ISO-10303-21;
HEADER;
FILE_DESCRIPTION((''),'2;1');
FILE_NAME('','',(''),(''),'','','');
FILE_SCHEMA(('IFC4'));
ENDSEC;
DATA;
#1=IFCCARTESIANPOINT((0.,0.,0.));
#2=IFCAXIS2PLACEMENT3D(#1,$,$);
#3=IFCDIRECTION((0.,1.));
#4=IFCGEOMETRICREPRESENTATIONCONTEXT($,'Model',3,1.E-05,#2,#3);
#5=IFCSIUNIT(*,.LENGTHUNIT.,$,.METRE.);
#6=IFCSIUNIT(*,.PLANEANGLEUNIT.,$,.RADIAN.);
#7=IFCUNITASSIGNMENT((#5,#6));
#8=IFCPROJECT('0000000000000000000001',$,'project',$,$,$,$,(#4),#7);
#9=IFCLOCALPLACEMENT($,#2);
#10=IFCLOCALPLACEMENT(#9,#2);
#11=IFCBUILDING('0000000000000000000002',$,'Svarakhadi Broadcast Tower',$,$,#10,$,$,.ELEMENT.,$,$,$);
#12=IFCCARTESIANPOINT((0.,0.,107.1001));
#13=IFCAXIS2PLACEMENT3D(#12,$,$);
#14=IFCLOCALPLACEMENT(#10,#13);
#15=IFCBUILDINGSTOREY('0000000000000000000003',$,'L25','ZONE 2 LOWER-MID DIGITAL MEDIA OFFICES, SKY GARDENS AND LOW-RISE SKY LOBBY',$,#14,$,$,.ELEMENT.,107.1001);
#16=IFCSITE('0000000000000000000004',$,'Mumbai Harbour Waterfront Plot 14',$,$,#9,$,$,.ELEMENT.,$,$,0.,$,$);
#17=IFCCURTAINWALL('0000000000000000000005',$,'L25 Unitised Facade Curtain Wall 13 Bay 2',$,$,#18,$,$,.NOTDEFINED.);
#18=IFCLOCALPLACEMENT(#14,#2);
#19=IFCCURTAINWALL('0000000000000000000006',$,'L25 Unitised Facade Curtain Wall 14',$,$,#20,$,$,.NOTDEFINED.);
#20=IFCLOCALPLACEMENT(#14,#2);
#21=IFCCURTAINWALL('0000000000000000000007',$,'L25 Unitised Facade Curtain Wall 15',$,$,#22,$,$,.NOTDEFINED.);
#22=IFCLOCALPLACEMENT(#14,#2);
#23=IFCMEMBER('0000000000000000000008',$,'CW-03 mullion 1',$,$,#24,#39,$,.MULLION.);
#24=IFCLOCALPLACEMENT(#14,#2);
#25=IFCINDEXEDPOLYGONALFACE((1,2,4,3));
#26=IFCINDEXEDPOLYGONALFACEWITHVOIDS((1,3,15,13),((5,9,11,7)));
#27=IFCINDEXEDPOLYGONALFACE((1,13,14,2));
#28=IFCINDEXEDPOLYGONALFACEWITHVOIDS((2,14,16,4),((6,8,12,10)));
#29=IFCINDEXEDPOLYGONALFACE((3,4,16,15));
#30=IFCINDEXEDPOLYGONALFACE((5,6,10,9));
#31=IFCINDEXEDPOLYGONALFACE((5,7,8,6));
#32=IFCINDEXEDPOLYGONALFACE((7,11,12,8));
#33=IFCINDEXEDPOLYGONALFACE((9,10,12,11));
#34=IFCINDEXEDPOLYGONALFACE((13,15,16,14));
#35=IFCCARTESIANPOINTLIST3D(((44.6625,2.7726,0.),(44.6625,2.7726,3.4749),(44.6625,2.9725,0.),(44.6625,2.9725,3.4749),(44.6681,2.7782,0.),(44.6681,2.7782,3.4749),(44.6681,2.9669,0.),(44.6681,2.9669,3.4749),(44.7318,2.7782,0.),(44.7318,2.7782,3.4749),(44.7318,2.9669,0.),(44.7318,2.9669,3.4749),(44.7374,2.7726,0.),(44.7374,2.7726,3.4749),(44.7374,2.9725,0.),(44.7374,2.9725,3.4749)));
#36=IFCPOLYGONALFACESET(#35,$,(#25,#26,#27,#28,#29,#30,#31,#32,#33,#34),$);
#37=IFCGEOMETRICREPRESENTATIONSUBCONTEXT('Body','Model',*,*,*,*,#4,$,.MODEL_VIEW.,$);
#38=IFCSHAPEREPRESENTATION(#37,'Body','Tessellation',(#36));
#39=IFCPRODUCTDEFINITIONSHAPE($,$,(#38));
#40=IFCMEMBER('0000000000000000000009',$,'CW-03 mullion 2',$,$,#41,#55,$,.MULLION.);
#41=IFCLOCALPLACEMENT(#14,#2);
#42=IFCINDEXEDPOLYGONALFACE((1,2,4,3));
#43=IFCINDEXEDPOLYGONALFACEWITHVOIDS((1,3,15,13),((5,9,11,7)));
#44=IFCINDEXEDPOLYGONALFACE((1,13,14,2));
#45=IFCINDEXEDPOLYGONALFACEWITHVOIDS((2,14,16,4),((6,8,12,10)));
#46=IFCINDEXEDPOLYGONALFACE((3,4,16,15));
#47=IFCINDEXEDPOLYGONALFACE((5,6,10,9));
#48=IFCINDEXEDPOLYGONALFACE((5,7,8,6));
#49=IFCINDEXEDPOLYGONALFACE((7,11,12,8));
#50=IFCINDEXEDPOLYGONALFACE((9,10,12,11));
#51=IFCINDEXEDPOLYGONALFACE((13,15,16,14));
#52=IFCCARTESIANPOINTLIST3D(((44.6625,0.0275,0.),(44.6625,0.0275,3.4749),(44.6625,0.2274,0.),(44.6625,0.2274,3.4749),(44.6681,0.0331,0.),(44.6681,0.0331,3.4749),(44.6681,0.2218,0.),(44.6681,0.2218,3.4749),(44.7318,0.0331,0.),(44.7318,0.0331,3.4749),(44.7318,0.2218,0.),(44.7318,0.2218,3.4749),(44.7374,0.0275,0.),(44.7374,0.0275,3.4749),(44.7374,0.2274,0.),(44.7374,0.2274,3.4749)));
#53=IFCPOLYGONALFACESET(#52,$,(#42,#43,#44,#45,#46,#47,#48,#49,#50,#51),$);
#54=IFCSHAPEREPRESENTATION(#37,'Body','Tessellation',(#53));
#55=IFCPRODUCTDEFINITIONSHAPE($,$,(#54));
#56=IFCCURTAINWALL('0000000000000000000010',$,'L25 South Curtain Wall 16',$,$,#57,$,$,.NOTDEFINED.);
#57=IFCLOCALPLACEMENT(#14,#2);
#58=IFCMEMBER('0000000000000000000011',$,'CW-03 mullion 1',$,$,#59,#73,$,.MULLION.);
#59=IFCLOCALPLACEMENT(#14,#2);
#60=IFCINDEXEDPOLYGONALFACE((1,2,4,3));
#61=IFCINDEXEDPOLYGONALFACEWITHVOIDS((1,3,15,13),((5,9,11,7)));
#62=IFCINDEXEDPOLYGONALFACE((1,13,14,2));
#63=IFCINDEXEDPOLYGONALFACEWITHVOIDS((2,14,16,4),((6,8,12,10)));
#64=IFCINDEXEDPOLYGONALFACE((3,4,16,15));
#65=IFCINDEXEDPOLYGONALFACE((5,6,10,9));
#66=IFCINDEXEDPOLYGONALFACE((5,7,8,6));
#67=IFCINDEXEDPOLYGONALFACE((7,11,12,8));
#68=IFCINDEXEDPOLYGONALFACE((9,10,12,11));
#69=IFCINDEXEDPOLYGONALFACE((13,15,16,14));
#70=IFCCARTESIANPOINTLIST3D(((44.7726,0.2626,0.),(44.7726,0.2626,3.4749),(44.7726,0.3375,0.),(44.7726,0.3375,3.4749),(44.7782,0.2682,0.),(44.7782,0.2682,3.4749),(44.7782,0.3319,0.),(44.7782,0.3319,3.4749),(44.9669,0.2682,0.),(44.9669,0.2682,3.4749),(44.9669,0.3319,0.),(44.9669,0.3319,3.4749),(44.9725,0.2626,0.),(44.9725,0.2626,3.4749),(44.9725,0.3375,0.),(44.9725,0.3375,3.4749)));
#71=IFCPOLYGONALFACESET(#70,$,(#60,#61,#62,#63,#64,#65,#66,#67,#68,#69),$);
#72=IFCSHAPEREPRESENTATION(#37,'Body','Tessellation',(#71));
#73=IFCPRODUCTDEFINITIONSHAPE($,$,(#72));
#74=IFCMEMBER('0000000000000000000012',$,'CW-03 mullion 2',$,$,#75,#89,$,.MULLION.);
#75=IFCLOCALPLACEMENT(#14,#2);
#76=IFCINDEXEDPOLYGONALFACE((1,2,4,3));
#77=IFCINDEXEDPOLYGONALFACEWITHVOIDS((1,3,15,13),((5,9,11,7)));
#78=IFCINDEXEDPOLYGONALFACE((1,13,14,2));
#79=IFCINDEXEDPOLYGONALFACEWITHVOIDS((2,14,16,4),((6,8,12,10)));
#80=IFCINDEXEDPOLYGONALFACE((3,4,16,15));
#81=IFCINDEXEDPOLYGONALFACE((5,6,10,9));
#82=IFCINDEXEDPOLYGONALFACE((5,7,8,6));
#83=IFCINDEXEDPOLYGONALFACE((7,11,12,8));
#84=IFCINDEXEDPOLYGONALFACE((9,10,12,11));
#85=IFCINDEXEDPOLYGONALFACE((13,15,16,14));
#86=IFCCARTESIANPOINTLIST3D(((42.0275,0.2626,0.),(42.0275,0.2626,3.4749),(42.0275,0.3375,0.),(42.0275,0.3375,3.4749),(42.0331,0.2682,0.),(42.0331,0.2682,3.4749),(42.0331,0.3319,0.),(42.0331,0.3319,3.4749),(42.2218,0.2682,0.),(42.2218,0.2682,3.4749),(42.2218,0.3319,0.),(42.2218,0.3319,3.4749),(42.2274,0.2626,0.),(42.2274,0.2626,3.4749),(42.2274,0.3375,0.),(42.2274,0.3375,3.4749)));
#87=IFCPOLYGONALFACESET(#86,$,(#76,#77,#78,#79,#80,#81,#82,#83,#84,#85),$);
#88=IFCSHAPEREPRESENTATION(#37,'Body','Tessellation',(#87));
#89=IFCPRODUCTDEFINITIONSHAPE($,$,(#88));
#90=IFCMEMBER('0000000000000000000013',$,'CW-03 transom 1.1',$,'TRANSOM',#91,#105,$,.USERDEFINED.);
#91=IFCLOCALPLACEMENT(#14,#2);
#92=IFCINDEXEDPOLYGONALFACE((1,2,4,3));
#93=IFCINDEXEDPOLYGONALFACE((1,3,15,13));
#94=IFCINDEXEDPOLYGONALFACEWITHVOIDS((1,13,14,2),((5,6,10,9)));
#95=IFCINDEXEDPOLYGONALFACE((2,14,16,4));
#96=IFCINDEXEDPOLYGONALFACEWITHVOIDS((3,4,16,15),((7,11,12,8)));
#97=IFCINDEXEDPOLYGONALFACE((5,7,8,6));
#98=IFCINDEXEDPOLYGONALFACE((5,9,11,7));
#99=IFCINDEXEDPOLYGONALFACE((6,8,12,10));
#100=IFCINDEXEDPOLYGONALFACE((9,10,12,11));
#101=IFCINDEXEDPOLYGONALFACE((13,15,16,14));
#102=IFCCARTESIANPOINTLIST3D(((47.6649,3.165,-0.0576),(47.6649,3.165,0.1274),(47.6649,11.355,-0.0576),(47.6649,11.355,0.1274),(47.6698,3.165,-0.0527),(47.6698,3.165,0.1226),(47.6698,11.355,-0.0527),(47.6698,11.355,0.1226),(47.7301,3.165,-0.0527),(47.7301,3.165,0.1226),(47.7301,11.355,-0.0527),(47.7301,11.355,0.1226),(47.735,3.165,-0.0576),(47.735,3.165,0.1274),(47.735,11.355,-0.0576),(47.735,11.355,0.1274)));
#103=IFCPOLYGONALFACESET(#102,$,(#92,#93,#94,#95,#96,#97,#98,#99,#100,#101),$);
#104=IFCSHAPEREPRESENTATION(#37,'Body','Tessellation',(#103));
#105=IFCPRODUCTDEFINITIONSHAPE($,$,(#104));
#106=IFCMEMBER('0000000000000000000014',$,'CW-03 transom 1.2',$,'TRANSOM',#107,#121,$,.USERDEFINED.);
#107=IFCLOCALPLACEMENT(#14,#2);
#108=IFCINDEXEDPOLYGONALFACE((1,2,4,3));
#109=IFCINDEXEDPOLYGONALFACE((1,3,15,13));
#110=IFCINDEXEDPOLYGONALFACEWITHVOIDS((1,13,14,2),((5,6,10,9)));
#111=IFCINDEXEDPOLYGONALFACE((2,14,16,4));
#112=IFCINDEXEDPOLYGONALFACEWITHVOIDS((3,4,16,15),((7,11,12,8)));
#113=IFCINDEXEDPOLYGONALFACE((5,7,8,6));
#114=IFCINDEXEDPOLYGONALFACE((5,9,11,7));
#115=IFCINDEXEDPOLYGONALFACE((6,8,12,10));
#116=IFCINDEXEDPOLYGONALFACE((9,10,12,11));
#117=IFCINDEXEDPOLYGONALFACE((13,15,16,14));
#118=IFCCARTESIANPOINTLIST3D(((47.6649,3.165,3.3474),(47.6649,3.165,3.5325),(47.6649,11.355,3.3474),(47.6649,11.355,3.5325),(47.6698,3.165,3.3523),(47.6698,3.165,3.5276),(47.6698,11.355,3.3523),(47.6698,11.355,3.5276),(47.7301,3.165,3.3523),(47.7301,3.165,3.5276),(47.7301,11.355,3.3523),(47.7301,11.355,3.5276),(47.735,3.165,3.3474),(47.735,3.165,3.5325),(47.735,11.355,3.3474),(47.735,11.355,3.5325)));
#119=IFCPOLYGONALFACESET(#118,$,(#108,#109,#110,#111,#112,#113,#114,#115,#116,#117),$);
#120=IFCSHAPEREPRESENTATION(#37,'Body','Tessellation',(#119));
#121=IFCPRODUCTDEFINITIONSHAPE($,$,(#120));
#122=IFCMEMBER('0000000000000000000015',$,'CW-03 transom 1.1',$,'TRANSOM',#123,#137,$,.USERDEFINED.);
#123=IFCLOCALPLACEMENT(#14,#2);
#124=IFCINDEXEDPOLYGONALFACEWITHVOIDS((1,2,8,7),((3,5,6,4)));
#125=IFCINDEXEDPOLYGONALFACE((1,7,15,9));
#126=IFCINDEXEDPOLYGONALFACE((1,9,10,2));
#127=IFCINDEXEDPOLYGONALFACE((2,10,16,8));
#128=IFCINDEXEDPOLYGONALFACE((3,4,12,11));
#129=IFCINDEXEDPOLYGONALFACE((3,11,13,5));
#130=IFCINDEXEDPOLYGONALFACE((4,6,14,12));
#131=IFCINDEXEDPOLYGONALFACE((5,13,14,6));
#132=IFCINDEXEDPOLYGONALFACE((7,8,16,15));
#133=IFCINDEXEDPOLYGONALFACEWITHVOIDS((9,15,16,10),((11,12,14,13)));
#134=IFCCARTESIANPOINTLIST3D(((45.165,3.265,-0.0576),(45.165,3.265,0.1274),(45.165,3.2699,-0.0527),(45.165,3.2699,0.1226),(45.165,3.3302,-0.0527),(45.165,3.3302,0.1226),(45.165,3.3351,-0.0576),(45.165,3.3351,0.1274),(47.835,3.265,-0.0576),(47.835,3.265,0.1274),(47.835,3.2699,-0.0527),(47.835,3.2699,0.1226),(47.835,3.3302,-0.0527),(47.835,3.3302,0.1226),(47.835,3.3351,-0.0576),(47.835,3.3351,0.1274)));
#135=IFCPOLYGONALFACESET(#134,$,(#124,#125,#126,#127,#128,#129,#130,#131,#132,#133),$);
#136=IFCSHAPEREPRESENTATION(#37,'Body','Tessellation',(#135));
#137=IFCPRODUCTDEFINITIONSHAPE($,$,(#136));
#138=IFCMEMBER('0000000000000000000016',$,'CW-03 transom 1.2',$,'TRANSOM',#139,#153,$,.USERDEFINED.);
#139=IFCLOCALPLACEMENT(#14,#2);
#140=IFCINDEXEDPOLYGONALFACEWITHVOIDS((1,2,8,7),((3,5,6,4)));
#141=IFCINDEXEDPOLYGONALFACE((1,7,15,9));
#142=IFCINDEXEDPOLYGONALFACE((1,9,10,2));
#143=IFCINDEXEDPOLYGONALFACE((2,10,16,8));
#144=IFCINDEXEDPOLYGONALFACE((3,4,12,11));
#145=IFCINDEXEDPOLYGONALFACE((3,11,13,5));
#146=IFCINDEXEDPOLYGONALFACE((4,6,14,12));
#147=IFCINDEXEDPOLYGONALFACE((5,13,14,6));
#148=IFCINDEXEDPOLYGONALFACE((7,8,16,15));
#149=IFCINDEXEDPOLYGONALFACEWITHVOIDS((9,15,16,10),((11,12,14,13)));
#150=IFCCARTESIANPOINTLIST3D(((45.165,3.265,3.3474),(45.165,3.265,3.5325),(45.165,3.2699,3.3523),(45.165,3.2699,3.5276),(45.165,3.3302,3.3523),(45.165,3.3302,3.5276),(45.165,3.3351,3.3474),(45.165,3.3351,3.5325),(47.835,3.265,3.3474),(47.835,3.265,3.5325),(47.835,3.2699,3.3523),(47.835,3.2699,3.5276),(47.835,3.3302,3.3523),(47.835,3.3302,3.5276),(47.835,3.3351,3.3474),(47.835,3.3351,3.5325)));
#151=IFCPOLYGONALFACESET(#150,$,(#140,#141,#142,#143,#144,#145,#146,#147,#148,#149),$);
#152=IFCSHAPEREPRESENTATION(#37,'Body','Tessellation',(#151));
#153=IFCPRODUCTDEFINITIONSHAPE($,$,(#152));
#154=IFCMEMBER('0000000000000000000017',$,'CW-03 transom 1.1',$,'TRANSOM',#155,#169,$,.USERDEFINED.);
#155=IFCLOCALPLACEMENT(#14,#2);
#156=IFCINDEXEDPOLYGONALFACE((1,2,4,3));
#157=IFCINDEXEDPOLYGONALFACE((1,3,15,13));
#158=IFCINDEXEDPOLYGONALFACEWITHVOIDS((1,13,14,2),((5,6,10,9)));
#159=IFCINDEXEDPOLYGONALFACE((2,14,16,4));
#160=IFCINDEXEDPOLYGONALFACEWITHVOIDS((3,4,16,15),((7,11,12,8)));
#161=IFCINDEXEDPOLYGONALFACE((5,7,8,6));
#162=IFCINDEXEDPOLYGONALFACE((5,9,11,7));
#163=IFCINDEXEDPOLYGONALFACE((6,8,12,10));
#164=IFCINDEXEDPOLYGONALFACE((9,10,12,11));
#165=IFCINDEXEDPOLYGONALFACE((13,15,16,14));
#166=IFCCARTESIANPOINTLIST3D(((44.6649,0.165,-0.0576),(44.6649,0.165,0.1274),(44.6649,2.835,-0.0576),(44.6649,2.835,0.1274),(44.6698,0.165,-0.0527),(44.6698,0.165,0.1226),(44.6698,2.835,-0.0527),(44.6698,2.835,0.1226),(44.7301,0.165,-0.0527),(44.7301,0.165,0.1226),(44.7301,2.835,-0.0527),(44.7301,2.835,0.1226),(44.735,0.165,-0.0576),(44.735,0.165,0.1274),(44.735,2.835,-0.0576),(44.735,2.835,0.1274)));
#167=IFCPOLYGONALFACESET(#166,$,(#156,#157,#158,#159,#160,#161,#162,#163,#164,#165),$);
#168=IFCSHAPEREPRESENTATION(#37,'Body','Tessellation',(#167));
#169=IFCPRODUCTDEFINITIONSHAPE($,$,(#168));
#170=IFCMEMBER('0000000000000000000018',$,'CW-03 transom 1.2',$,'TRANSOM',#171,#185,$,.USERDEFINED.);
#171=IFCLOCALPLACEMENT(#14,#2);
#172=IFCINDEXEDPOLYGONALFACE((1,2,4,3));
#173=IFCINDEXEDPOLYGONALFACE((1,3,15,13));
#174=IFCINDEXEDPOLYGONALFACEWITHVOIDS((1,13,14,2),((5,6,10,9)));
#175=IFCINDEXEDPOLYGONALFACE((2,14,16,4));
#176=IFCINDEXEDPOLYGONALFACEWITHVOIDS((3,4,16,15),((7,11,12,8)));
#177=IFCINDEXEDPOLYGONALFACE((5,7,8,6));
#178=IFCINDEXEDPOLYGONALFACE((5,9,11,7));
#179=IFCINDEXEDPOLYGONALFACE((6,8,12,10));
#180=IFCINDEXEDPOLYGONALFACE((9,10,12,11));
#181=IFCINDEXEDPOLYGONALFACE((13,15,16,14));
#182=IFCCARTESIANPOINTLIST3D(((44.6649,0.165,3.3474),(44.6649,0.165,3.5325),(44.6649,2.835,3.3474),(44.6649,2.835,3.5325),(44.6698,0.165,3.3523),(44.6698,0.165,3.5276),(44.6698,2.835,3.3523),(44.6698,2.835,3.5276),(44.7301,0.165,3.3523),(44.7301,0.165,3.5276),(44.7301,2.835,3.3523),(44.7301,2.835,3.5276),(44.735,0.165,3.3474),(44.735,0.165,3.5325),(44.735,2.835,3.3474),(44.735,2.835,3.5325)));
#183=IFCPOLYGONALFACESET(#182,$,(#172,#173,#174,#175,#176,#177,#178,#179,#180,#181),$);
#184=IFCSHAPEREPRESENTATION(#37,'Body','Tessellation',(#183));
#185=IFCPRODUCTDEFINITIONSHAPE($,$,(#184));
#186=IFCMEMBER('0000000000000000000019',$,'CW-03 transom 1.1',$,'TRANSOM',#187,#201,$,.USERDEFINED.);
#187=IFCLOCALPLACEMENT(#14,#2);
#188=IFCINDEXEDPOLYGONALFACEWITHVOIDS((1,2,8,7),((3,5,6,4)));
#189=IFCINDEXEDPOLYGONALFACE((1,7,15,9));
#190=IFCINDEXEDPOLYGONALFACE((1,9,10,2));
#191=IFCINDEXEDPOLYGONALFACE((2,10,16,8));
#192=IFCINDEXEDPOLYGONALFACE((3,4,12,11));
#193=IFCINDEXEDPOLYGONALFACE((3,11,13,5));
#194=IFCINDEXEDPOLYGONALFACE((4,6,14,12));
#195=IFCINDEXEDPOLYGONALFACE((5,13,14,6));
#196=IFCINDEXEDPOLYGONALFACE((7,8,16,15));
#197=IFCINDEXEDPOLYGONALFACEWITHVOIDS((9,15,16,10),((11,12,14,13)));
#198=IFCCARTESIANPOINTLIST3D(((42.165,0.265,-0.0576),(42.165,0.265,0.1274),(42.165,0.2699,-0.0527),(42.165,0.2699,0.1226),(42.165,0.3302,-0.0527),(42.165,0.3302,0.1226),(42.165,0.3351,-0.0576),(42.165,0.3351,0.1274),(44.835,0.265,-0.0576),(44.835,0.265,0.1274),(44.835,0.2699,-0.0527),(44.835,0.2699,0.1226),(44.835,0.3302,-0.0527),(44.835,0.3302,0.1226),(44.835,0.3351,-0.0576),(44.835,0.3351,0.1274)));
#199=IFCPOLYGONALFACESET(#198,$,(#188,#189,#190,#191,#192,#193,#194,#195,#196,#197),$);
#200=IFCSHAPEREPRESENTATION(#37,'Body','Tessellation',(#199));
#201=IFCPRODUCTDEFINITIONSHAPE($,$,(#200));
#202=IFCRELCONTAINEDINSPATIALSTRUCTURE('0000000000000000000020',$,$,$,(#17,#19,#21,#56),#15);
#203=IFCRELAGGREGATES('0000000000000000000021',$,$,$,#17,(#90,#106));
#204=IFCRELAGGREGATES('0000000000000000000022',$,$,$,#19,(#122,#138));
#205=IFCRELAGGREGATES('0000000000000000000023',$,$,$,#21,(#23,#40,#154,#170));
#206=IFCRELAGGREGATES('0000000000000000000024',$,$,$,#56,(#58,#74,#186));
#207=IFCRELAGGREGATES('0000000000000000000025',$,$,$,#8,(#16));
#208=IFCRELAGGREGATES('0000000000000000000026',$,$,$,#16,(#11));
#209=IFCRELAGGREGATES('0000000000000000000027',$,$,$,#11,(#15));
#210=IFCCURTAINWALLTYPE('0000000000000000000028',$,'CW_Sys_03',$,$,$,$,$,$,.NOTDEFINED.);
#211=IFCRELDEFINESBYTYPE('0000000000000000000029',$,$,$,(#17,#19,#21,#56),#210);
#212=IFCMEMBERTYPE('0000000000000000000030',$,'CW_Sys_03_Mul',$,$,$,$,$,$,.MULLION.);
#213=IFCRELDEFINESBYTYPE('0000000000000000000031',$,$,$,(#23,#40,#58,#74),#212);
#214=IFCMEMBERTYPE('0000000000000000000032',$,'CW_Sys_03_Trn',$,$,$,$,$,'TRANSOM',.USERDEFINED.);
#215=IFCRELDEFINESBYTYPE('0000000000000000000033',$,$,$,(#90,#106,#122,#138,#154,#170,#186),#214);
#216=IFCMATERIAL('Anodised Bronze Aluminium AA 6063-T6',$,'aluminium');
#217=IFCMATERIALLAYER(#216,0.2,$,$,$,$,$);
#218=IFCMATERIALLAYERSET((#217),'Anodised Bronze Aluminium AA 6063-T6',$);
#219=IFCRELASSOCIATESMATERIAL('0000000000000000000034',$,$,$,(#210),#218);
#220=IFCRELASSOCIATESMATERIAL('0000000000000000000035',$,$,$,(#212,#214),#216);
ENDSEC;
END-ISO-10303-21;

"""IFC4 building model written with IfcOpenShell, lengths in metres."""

from ifc_helpers import new_model, si_unit, direction, frame, origin, origin_2d, place, context, subcontext, project, spatial, hollow_rectangle, extrude, material, layer, layer_set, material_profile, profile_set, type_object, element, aggregate, save


model = new_model("IFC4")

# Units and contexts
model_context = context("Model", 3, precision=1e-05, world=origin(), true_north=direction((0.0, 1.0)))
body_context = subcontext(model_context, "Body", "Model", "MODEL_VIEW")
ifc_project = project(units=[si_unit("LENGTHUNIT", "METRE"), si_unit("PLANEANGLEUNIT", "RADIAN")], contexts=[model_context])

# Site, building, storey
site_placement = place(None, origin())
site = spatial("IfcSite", under=ifc_project, at=site_placement, Name="Mumbai Harbour Waterfront Plot 14", CompositionType="ELEMENT", RefElevation=0.0)
building_placement = place(site_placement, origin())
building = spatial("IfcBuilding", under=site, at=building_placement, Name="Svarakhadi Broadcast Tower", CompositionType="ELEMENT")
storey_placement = place(building_placement, frame((0.0, 0.0, 107.1001)))
storey = spatial("IfcBuildingStorey", under=building, at=storey_placement, Name="L25", Description="ZONE 2 LOWER-MID DIGITAL MEDIA OFFICES, SKY GARDENS AND LOW-RISE SKY LOBBY", CompositionType="ELEMENT", Elevation=107.1001)

# Curtain walls, members
ifc_material_1 = material(Name="Anodised Bronze Aluminium AA 6063-T6", Category="aluminium")
ifc_layer_1 = layer(ifc_material_1, 0.2)
ifc_layer_set_1 = layer_set([ifc_layer_1], Name="Anodised Bronze Aluminium AA 6063-T6")
curtain_wall_type = type_object("IfcCurtainWallType", Name="CW_Sys_03", PredefinedType="NOTDEFINED", material=ifc_layer_set_1)
curtain_wall_1_placement = place(storey_placement, origin())
curtain_wall_1 = element("IfcCurtainWall", 1, at=curtain_wall_1_placement, inside=storey, type_object=curtain_wall_type, Name="L25 Unitised Facade Curtain Wall 13 Bay 2", PredefinedType="NOTDEFINED")
ifc_material_profile_1 = material_profile(ifc_material_1, hollow_rectangle(XDim=0.075, YDim=0.2, WallThickness=0.0056, at=origin_2d()), Name="ALU MULLION 200x75x6")
ifc_profile_set_1 = profile_set([ifc_material_profile_1], Name="Anodised Bronze Aluminium AA 6063-T6")
member_type_1 = type_object("IfcMemberType", Name="CW_Sys_03_Mul", PredefinedType="MULLION", material=ifc_profile_set_1)
curtain_wall_2_placement = place(storey_placement, origin())
curtain_wall_2 = element("IfcCurtainWall", 2, at=curtain_wall_2_placement, inside=storey, type_object=curtain_wall_type, Name="L25 Unitised Facade Curtain Wall 14", PredefinedType="NOTDEFINED")
curtain_wall_3_placement = place(storey_placement, origin())
curtain_wall_3 = element("IfcCurtainWall", 3, at=curtain_wall_3_placement, inside=storey, type_object=curtain_wall_type, Name="L25 Unitised Facade Curtain Wall 15", PredefinedType="NOTDEFINED")
member_1_placement = place(storey_placement, frame((44.7, 2.8726, 0.0), z_axis=(0.0, 0.0, 1.0), x_axis=(1.0, 0.0, 0.0)))
member_1 = element("IfcMember", 4, at=member_1_placement, type_object=member_type_1, Name="CW-03 mullion 1", PredefinedType="MULLION", context=body_context, shape_type="SweptSolid", body=[
    extrude(hollow_rectangle(XDim=0.075, YDim=0.2, WallThickness=0.0056, at=origin_2d()), origin(), (0.0, 0.0, 1.0), 3.4749),
])
member_2_placement = place(storey_placement, frame((44.7, 0.1274, 0.0), z_axis=(0.0, 0.0, 1.0), x_axis=(1.0, 0.0, 0.0)))
member_2 = element("IfcMember", 5, at=member_2_placement, type_object=member_type_1, Name="CW-03 mullion 2", PredefinedType="MULLION", context=body_context, shape_type="SweptSolid", body=[
    extrude(hollow_rectangle(XDim=0.075, YDim=0.2, WallThickness=0.0056, at=origin_2d()), origin(), (0.0, 0.0, 1.0), 3.4749),
])
curtain_wall_4_placement = place(storey_placement, origin())
curtain_wall_4 = element("IfcCurtainWall", 6, at=curtain_wall_4_placement, inside=storey, type_object=curtain_wall_type, Name="L25 South Curtain Wall 16", PredefinedType="NOTDEFINED")
member_3_placement = place(storey_placement, frame((44.8726, 0.3, 0.0), z_axis=(0.0, 0.0, 1.0), x_axis=(0.0, -1.0, 0.0)))
member_3 = element("IfcMember", 7, at=member_3_placement, type_object=member_type_1, Name="CW-03 mullion 1", PredefinedType="MULLION", context=body_context, shape_type="SweptSolid", body=[
    extrude(hollow_rectangle(XDim=0.075, YDim=0.2, WallThickness=0.0056, at=origin_2d()), origin(), (0.0, 0.0, 1.0), 3.4749),
])
member_4_placement = place(storey_placement, frame((42.1274, 0.3, 0.0), z_axis=(0.0, 0.0, 1.0), x_axis=(0.0, -1.0, 0.0)))
member_4 = element("IfcMember", 8, at=member_4_placement, type_object=member_type_1, Name="CW-03 mullion 2", PredefinedType="MULLION", context=body_context, shape_type="SweptSolid", body=[
    extrude(hollow_rectangle(XDim=0.075, YDim=0.2, WallThickness=0.0056, at=origin_2d()), origin(), (0.0, 0.0, 1.0), 3.4749),
])

# Members
ifc_material_profile_2 = material_profile(ifc_material_1, hollow_rectangle(XDim=0.0701, YDim=0.1851, WallThickness=0.0049, at=origin_2d()), Name="ALU TRANSOM 185x70x5")
ifc_profile_set_2 = profile_set([ifc_material_profile_2], Name="Anodised Bronze Aluminium AA 6063-T6")
member_type_2 = type_object("IfcMemberType", Name="CW_Sys_03_Trn", ElementType="TRANSOM", PredefinedType="USERDEFINED", material=ifc_profile_set_2)
member_5_placement = place(storey_placement, frame((47.7, 11.355, 0.0349), z_axis=(0.0, -1.0, 0.0), x_axis=(1.0, 0.0, 0.0)))
member_5 = element("IfcMember", 9, at=member_5_placement, type_object=member_type_2, Name="CW-03 transom 1.1", ObjectType="TRANSOM", PredefinedType="USERDEFINED", context=body_context, shape_type="SweptSolid", body=[
    extrude(hollow_rectangle(XDim=0.0701, YDim=0.1851, WallThickness=0.0049, at=origin_2d()), origin(), (0.0, 0.0, 1.0), 8.1899),
])
member_6_placement = place(storey_placement, frame((47.7, 11.355, 3.4399), z_axis=(0.0, -1.0, 0.0), x_axis=(1.0, 0.0, 0.0)))
member_6 = element("IfcMember", 10, at=member_6_placement, type_object=member_type_2, Name="CW-03 transom 1.2", ObjectType="TRANSOM", PredefinedType="USERDEFINED", context=body_context, shape_type="SweptSolid", body=[
    extrude(hollow_rectangle(XDim=0.0701, YDim=0.1851, WallThickness=0.0049, at=origin_2d()), origin(), (0.0, 0.0, 1.0), 8.1899),
])
member_7_placement = place(storey_placement, frame((47.835, 3.3, 0.0349), z_axis=(-1.0, 0.0, 0.0), x_axis=(0.0, -1.0, 0.0)))
member_7 = element("IfcMember", 11, at=member_7_placement, type_object=member_type_2, Name="CW-03 transom 1.1", ObjectType="TRANSOM", PredefinedType="USERDEFINED", context=body_context, shape_type="SweptSolid", body=[
    extrude(hollow_rectangle(XDim=0.0701, YDim=0.1851, WallThickness=0.0049, at=origin_2d()), origin(), (0.0, 0.0, 1.0), 2.6699),
])
member_8_placement = place(storey_placement, frame((47.835, 3.3, 3.4399), z_axis=(-1.0, 0.0, 0.0), x_axis=(0.0, -1.0, 0.0)))
member_8 = element("IfcMember", 12, at=member_8_placement, type_object=member_type_2, Name="CW-03 transom 1.2", ObjectType="TRANSOM", PredefinedType="USERDEFINED", context=body_context, shape_type="SweptSolid", body=[
    extrude(hollow_rectangle(XDim=0.0701, YDim=0.1851, WallThickness=0.0049, at=origin_2d()), origin(), (0.0, 0.0, 1.0), 2.6699),
])
member_9_placement = place(storey_placement, frame((44.7, 2.835, 0.0349), z_axis=(0.0, -1.0, 0.0), x_axis=(1.0, 0.0, 0.0)))
member_9 = element("IfcMember", 13, at=member_9_placement, type_object=member_type_2, Name="CW-03 transom 1.1", ObjectType="TRANSOM", PredefinedType="USERDEFINED", context=body_context, shape_type="SweptSolid", body=[
    extrude(hollow_rectangle(XDim=0.0701, YDim=0.1851, WallThickness=0.0049, at=origin_2d()), origin(), (0.0, 0.0, 1.0), 2.6699),
])
member_10_placement = place(storey_placement, frame((44.7, 2.835, 3.4399), z_axis=(0.0, -1.0, 0.0), x_axis=(1.0, 0.0, 0.0)))
member_10 = element("IfcMember", 14, at=member_10_placement, type_object=member_type_2, Name="CW-03 transom 1.2", ObjectType="TRANSOM", PredefinedType="USERDEFINED", context=body_context, shape_type="SweptSolid", body=[
    extrude(hollow_rectangle(XDim=0.0701, YDim=0.1851, WallThickness=0.0049, at=origin_2d()), origin(), (0.0, 0.0, 1.0), 2.6699),
])
member_11_placement = place(storey_placement, frame((44.835, 0.3, 0.0349), z_axis=(-1.0, 0.0, 0.0), x_axis=(0.0, -1.0, 0.0)))
member_11 = element("IfcMember", 15, at=member_11_placement, type_object=member_type_2, Name="CW-03 transom 1.1", ObjectType="TRANSOM", PredefinedType="USERDEFINED", context=body_context, shape_type="SweptSolid", body=[
    extrude(hollow_rectangle(XDim=0.0701, YDim=0.1851, WallThickness=0.0049, at=origin_2d()), origin(), (0.0, 0.0, 1.0), 2.6699),
])

aggregate(curtain_wall_1, [member_5, member_6])
aggregate(curtain_wall_2, [member_7, member_8])
aggregate(curtain_wall_3, [member_1, member_2, member_9, member_10])
aggregate(curtain_wall_4, [member_3, member_4, member_11])

save(model, "model.ifc")
